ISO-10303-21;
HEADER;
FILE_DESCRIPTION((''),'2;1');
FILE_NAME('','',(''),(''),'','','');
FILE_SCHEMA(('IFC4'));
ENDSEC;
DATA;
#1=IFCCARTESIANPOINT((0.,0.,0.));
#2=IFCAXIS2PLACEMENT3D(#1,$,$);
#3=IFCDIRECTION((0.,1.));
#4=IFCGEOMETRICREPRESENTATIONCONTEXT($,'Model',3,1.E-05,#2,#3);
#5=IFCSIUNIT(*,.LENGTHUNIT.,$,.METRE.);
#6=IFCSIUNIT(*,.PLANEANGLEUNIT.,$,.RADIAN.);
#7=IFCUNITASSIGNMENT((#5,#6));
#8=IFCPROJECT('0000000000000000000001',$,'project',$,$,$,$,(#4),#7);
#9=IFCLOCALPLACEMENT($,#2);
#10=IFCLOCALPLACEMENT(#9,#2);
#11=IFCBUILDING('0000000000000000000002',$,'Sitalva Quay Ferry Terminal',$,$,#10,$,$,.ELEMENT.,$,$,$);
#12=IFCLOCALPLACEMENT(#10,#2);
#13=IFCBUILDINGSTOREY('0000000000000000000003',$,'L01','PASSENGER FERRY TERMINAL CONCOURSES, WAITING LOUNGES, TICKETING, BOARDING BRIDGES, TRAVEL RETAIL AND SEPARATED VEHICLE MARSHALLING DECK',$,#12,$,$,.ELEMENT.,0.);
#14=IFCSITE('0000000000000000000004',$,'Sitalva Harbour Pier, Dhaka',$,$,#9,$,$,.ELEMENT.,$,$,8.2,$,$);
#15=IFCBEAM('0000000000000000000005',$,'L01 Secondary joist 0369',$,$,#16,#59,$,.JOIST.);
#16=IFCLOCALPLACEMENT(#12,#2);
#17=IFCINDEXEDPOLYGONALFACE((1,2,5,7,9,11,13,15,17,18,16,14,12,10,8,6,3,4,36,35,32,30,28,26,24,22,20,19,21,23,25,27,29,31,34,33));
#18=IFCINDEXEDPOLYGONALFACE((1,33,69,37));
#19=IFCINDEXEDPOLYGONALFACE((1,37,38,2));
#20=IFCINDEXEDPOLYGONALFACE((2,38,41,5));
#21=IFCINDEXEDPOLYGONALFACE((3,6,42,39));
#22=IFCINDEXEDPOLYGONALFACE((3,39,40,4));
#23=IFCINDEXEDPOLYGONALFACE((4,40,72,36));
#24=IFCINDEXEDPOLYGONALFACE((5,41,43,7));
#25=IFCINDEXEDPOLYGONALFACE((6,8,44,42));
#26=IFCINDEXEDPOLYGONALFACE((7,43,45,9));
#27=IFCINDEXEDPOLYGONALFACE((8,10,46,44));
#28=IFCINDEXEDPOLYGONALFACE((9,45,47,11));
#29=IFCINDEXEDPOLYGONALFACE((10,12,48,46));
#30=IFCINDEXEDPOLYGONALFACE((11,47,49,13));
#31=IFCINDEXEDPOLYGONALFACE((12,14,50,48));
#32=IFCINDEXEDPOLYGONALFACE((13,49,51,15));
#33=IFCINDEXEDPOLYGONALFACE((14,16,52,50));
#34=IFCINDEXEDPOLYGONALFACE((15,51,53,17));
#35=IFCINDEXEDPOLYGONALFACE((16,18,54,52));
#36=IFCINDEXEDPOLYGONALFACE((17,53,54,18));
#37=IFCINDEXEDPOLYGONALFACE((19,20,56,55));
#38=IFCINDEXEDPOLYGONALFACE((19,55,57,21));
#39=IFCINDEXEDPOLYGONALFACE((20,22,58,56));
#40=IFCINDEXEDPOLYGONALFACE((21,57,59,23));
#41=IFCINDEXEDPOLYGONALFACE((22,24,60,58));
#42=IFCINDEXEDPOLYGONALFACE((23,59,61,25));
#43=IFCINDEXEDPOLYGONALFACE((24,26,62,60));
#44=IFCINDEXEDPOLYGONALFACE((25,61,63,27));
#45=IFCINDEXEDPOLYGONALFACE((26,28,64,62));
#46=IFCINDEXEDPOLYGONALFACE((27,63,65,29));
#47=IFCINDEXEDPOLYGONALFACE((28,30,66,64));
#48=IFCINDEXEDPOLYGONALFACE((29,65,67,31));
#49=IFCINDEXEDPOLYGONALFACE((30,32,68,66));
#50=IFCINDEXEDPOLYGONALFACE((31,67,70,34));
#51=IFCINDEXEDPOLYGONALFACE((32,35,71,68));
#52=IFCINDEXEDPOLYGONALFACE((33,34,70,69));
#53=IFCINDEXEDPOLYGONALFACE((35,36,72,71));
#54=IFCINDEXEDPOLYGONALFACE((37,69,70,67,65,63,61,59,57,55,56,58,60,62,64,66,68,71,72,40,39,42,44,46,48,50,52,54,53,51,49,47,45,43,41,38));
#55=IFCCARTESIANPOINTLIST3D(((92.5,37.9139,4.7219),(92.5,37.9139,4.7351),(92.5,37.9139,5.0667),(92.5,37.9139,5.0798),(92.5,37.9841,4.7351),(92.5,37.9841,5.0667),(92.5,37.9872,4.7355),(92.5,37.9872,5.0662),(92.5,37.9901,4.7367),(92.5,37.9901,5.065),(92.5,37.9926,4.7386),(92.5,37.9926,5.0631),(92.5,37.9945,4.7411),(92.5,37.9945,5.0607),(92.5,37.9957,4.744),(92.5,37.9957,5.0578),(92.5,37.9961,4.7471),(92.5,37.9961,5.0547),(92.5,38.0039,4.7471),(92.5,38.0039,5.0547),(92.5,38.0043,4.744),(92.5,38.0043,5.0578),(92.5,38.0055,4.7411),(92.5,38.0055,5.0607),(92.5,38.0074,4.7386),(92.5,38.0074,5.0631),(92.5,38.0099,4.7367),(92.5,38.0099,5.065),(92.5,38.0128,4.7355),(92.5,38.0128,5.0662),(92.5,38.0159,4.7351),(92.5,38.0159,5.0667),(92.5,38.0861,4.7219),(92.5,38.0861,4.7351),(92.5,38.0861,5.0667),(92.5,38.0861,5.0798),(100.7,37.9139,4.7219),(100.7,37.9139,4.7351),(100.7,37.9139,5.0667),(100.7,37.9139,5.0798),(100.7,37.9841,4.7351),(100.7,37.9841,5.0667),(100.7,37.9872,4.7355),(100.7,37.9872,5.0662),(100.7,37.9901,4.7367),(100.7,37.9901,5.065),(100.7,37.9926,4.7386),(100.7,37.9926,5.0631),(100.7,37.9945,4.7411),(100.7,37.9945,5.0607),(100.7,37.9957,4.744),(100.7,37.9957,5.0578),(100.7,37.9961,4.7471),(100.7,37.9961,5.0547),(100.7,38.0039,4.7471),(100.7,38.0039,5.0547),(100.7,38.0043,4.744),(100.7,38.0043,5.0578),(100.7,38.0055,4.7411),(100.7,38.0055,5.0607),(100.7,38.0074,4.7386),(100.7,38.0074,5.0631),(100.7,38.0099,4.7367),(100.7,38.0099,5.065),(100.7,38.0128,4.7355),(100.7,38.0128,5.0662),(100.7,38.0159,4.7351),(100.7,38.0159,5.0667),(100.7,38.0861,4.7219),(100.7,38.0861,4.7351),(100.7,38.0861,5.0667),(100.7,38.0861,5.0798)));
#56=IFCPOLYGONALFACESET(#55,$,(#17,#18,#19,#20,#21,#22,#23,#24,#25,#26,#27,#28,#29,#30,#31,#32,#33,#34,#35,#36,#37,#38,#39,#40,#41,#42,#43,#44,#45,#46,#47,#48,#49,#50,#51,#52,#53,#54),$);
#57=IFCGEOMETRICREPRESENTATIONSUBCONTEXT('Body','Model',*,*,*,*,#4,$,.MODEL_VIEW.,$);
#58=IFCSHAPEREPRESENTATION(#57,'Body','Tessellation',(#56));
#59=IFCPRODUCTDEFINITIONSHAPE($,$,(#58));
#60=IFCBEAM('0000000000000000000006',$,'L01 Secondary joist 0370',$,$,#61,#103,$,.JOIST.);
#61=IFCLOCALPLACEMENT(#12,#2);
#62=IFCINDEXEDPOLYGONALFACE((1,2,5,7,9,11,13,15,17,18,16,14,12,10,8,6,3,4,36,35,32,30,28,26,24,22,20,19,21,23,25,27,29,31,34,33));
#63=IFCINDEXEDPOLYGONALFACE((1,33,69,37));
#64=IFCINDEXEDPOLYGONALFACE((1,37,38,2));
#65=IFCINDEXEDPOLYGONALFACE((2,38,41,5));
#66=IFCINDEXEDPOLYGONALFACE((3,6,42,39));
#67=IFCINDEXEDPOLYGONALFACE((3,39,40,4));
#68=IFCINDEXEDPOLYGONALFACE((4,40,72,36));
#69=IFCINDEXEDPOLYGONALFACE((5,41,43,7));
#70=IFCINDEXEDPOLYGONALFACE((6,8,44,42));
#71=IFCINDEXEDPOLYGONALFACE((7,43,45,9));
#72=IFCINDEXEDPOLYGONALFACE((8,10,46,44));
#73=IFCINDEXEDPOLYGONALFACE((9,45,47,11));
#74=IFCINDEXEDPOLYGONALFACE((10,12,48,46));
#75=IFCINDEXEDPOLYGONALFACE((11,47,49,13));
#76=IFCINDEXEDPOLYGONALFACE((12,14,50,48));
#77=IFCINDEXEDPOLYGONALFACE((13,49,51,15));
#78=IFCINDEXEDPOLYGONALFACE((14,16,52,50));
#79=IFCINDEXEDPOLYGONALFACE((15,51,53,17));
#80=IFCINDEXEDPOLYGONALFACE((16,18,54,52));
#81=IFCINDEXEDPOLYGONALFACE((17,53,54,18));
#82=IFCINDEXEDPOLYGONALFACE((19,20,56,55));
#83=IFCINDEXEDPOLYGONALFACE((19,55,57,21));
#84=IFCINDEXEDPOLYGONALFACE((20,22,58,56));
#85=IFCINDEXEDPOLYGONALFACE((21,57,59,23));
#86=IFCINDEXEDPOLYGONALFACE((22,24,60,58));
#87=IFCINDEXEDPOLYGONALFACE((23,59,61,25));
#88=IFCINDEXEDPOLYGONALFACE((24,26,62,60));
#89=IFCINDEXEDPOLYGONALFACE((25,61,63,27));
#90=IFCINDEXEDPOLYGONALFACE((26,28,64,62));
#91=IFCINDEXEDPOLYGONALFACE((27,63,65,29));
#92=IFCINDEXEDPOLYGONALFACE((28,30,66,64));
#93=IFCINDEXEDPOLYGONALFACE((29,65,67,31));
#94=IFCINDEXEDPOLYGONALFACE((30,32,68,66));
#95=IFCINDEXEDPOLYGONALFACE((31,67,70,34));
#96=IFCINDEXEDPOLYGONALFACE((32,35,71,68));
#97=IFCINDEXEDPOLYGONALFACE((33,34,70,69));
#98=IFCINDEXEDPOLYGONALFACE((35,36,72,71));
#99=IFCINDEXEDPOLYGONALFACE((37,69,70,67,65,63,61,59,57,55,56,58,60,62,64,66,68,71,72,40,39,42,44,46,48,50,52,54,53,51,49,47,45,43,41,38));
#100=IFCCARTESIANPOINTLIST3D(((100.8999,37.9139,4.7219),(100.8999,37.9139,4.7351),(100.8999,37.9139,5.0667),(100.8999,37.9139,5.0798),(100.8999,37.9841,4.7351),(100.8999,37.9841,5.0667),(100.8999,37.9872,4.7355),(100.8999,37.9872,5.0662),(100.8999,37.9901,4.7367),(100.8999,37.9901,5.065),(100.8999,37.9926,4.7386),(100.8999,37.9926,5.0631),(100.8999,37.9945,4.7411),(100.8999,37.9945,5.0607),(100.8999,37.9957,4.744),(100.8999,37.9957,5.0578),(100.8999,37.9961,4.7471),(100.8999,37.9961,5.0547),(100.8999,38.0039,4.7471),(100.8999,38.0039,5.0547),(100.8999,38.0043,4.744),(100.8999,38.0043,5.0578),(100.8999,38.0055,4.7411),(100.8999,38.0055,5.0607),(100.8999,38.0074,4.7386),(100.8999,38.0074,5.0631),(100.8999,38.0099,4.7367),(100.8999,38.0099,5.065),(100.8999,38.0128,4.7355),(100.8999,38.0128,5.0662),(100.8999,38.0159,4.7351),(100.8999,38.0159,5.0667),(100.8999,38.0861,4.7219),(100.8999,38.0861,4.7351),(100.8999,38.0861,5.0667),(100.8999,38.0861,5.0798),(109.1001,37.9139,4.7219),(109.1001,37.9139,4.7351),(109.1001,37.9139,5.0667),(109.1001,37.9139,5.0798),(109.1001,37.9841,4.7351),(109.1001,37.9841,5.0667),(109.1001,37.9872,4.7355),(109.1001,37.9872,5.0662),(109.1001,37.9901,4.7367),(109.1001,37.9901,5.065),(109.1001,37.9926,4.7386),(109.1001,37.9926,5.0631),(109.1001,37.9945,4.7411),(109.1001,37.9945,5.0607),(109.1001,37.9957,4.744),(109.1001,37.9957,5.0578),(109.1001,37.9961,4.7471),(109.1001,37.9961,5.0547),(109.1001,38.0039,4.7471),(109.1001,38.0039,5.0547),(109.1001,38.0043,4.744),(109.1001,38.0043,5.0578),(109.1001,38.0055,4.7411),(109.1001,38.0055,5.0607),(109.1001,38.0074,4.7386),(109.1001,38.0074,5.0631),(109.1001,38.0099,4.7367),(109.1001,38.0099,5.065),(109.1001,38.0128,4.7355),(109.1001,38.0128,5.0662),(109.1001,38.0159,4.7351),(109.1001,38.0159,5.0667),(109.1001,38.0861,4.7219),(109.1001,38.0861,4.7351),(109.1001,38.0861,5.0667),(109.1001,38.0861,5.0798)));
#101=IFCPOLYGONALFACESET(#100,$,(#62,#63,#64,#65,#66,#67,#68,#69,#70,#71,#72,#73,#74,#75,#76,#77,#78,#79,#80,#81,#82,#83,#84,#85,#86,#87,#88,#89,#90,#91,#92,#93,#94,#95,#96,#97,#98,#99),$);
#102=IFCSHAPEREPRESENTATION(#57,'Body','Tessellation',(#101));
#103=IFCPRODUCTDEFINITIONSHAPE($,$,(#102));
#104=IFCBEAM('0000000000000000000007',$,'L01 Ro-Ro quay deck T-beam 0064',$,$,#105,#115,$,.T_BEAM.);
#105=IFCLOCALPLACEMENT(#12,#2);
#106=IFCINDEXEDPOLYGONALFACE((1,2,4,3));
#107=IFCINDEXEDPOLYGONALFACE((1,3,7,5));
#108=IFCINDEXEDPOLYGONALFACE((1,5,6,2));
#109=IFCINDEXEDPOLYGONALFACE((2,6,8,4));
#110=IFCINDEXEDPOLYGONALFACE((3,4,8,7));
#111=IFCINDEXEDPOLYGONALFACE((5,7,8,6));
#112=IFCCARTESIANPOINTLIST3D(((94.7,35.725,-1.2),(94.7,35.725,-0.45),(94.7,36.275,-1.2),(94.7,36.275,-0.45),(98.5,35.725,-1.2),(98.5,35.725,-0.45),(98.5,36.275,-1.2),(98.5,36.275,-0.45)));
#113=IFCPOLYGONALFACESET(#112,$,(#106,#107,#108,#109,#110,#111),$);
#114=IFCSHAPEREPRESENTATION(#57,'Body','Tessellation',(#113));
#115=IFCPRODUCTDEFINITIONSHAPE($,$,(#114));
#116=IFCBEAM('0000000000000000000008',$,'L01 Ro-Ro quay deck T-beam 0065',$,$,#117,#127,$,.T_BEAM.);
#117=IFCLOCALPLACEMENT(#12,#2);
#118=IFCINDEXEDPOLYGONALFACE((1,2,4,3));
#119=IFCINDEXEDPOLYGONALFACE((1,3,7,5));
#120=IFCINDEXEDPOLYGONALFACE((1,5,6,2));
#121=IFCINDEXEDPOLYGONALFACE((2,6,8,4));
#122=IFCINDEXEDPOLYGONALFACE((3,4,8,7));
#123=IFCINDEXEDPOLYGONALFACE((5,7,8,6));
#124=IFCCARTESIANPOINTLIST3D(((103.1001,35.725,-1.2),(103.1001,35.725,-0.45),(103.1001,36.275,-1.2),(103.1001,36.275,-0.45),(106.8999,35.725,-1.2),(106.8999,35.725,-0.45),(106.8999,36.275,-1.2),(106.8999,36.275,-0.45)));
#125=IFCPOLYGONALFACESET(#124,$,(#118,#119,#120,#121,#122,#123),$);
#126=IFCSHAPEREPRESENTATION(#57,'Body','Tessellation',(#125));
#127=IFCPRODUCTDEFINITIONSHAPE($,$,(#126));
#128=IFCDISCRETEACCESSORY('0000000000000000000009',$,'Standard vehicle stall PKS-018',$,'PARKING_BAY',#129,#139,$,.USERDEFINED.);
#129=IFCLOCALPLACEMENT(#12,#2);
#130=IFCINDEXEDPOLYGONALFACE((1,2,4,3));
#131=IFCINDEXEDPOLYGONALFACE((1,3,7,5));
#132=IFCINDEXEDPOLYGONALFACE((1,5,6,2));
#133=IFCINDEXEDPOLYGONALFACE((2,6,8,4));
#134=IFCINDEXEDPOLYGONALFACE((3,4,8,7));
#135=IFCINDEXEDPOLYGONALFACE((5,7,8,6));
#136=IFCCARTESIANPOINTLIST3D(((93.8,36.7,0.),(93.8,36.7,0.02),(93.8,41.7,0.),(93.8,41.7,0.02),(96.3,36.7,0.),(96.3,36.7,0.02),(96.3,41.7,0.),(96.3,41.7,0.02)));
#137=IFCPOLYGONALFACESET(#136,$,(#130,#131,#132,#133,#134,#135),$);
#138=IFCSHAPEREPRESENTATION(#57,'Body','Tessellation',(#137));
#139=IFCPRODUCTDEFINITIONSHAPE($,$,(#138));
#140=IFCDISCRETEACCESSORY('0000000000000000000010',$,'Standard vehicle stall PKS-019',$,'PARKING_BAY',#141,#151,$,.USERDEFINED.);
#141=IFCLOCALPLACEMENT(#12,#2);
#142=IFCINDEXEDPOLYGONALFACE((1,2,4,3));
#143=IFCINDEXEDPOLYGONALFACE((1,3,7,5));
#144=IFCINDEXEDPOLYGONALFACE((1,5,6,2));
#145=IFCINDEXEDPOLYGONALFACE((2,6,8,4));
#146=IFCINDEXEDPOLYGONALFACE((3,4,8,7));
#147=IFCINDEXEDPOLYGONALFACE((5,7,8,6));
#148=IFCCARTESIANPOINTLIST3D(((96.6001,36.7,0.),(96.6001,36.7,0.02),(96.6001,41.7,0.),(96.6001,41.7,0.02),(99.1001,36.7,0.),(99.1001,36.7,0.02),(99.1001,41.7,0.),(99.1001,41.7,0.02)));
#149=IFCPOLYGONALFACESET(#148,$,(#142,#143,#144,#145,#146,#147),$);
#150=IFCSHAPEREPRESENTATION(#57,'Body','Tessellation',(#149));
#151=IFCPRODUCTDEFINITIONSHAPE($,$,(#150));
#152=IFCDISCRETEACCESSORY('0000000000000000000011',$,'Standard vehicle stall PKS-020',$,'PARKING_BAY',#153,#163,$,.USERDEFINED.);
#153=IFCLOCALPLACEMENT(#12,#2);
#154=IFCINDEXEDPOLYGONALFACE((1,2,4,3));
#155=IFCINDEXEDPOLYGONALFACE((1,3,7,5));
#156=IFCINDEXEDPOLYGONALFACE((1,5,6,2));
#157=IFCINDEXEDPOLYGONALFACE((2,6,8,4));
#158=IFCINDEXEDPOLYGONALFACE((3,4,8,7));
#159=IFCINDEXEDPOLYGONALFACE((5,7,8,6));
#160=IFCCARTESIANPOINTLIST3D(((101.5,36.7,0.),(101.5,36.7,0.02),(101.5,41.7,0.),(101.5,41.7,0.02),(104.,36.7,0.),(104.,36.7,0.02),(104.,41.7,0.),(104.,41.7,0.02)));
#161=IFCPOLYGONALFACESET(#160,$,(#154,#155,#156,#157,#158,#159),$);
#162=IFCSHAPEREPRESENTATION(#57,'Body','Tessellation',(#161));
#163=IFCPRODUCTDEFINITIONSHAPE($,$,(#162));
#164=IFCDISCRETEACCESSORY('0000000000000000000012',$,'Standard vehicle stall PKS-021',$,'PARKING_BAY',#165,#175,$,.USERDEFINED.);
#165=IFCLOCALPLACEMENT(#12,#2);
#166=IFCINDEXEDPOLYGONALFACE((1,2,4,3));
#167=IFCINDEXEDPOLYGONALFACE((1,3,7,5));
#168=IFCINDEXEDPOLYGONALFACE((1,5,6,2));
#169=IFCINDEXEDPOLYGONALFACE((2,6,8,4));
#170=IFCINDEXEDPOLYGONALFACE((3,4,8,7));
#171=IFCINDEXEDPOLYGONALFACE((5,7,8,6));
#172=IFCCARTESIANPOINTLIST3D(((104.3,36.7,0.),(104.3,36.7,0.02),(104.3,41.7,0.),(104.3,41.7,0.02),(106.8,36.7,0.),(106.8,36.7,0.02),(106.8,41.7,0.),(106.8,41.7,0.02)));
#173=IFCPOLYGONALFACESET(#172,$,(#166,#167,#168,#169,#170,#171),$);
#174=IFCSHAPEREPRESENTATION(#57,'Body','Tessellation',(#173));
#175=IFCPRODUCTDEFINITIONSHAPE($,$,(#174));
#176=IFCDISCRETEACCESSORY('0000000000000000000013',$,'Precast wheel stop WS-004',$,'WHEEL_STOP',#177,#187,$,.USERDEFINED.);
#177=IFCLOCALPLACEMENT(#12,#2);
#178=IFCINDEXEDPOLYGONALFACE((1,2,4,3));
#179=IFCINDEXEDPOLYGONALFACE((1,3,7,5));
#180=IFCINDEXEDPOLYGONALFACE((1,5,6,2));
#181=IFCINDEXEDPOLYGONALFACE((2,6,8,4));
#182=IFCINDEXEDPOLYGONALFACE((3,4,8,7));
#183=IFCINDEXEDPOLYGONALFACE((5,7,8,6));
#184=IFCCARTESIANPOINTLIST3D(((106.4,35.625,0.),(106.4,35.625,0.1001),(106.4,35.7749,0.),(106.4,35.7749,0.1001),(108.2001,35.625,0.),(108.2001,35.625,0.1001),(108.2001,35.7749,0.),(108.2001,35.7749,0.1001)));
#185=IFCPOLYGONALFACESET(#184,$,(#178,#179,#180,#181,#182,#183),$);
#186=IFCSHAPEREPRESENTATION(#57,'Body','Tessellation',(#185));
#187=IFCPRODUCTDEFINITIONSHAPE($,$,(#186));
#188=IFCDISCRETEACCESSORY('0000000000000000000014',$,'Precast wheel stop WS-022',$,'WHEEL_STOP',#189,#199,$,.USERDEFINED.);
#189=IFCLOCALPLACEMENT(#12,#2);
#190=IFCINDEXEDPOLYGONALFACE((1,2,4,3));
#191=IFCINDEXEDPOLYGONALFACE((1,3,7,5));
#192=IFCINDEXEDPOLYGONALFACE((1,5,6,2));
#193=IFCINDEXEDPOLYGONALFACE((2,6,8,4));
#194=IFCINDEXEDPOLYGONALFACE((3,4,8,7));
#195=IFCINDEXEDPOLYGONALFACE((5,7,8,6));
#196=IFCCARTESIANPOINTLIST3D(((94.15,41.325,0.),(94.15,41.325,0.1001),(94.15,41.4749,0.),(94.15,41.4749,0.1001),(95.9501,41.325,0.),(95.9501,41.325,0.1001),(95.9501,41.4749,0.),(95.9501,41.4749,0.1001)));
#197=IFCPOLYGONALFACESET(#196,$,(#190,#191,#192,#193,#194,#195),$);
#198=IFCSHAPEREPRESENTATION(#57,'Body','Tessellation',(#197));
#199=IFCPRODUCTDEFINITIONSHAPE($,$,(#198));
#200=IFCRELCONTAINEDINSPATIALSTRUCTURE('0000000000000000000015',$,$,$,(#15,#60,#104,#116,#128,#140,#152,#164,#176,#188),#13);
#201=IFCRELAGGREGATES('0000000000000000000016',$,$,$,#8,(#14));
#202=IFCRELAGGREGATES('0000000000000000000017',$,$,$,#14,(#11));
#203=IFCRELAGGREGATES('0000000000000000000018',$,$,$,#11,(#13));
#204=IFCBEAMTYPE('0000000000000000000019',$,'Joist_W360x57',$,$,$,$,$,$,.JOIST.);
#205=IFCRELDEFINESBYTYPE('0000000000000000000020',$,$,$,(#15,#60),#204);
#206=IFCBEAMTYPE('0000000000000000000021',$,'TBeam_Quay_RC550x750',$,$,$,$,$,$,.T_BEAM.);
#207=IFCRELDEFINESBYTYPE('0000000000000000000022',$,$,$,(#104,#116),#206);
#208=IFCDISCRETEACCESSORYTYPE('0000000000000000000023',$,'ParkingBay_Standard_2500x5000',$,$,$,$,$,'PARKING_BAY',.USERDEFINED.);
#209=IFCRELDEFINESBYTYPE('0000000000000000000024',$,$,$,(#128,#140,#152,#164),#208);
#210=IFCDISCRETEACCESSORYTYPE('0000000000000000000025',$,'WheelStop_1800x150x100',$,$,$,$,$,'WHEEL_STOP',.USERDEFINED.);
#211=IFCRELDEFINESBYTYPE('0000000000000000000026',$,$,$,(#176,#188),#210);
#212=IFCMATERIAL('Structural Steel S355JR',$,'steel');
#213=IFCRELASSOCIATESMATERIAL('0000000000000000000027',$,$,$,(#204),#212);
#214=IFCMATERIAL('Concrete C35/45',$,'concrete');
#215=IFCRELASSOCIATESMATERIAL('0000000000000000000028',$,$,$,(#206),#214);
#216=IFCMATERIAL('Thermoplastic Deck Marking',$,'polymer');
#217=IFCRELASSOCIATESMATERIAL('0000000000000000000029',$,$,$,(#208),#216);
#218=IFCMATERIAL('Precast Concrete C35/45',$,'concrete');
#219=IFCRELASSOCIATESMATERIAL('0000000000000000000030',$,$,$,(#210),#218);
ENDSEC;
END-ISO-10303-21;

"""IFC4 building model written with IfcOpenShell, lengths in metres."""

from ifc_helpers import new_model, si_unit, direction, frame, origin, origin_2d, place, context, subcontext, project, spatial, rectangle, i_section, extrude, material, material_profile, profile_set, type_object, element, save


model = new_model("IFC4")

# Units and contexts
model_context = context("Model", 3, precision=1e-05, world=origin(), true_north=direction((0.0, 1.0)))
body_context = subcontext(model_context, "Body", "Model", "MODEL_VIEW")
ifc_project = project(units=[si_unit("LENGTHUNIT", "METRE"), si_unit("PLANEANGLEUNIT", "RADIAN")], contexts=[model_context])

# Site, building, storey
site_placement = place(None, origin())
site = spatial("IfcSite", under=ifc_project, at=site_placement, Name="Sitalva Harbour Pier, Dhaka", CompositionType="ELEMENT", RefElevation=8.2)
building_placement = place(site_placement, origin())
building = spatial("IfcBuilding", under=site, at=building_placement, Name="Sitalva Quay Ferry Terminal", CompositionType="ELEMENT")
storey_placement = place(building_placement, origin())
storey = spatial("IfcBuildingStorey", under=building, at=storey_placement, Name="L01", Description="PASSENGER FERRY TERMINAL CONCOURSES, WAITING LOUNGES, TICKETING, BOARDING BRIDGES, TRAVEL RETAIL AND SEPARATED VEHICLE MARSHALLING DECK", CompositionType="ELEMENT", Elevation=0.0)

# Beams
ifc_material_1 = material(Name="Structural Steel S355JR", Category="steel")
ifc_material_profile_1 = material_profile(ifc_material_1, i_section(OverallWidth=0.1721, OverallDepth=0.3579, WebThickness=0.0078, FlangeThickness=0.0132, FilletRadius=0.012, at=origin_2d()), Name="W360x57")
ifc_profile_set_1 = profile_set([ifc_material_profile_1], Name="Structural Steel S355JR")
beam_type_1 = type_object("IfcBeamType", Name="Joist_W360x57", PredefinedType="JOIST", material=ifc_profile_set_1)
beam_1_placement = place(storey_placement, frame((92.5, 38.0, 4.9009), z_axis=(1.0, 0.0, 0.0), x_axis=(0.0, 1.0, 0.0)))
element("IfcBeam", 1, at=beam_1_placement, inside=storey, type_object=beam_type_1, Name="L01 Secondary joist 0369", PredefinedType="JOIST", context=body_context, shape_type="SweptSolid", body=[
    extrude(i_section(OverallWidth=0.1721, OverallDepth=0.3579, WebThickness=0.0078, FlangeThickness=0.0132, FilletRadius=0.012, at=origin_2d()), origin(), (0.0, 0.0, 1.0), 8.2),
])
beam_2_placement = place(storey_placement, frame((100.8999, 38.0, 4.9009), z_axis=(1.0, 0.0, 0.0), x_axis=(0.0, 1.0, 0.0)))
element("IfcBeam", 2, at=beam_2_placement, inside=storey, type_object=beam_type_1, Name="L01 Secondary joist 0370", PredefinedType="JOIST", context=body_context, shape_type="SweptSolid", body=[
    extrude(i_section(OverallWidth=0.1721, OverallDepth=0.3579, WebThickness=0.0078, FlangeThickness=0.0132, FilletRadius=0.012, at=origin_2d()), origin(), (0.0, 0.0, 1.0), 8.2002),
])
ifc_material_2 = material(Name="Concrete C35/45", Category="concrete")
ifc_material_profile_2 = material_profile(ifc_material_2, rectangle(XDim=0.55, YDim=0.75, at=origin_2d()), Name="RC550x750")
ifc_profile_set_2 = profile_set([ifc_material_profile_2], Name="Concrete C35/45")
beam_type_2 = type_object("IfcBeamType", Name="TBeam_Quay_RC550x750", PredefinedType="T_BEAM", material=ifc_profile_set_2)
beam_3_placement = place(storey_placement, frame((94.7, 36.0, -0.825), z_axis=(1.0, 0.0, 0.0), x_axis=(0.0, 1.0, 0.0)))
element("IfcBeam", 3, at=beam_3_placement, inside=storey, type_object=beam_type_2, Name="L01 Ro-Ro quay deck T-beam 0064", PredefinedType="T_BEAM", context=body_context, shape_type="SweptSolid", body=[
    extrude(rectangle(XDim=0.55, YDim=0.75, at=origin_2d()), origin(), (0.0, 0.0, 1.0), 3.8),
])
beam_4_placement = place(storey_placement, frame((103.1001, 36.0, -0.825), z_axis=(1.0, 0.0, 0.0), x_axis=(0.0, 1.0, 0.0)))
element("IfcBeam", 4, at=beam_4_placement, inside=storey, type_object=beam_type_2, Name="L01 Ro-Ro quay deck T-beam 0065", PredefinedType="T_BEAM", context=body_context, shape_type="SweptSolid", body=[
    extrude(rectangle(XDim=0.55, YDim=0.75, at=origin_2d()), origin(), (0.0, 0.0, 1.0), 3.7998),
])

# Discrete accessories
ifc_material_3 = material(Name="Thermoplastic Deck Marking", Category="polymer")
discrete_accessory_type_1 = type_object("IfcDiscreteAccessoryType", Name="ParkingBay_Standard_2500x5000", ElementType="PARKING_BAY", PredefinedType="USERDEFINED", material=ifc_material_3)
for number, where, z_axis, x_axis, name in (
    (5, (95.05, 39.2, 0.0), (0.0, 0.0, 1.0), (1.0, 0.0, 0.0), "Standard vehicle stall PKS-018"),
    (6, (97.8501, 39.2, 0.0), (0.0, 0.0, 1.0), (1.0, 0.0, 0.0), "Standard vehicle stall PKS-019"),
    (7, (102.75, 39.2, 0.0), (0.0, 0.0, 1.0), (1.0, 0.0, 0.0), "Standard vehicle stall PKS-020"),
    (8, (105.55, 39.2, 0.0), (0.0, 0.0, 1.0), (1.0, 0.0, 0.0), "Standard vehicle stall PKS-021"),
):
    element("IfcDiscreteAccessory", number, at=place(storey_placement, frame(where, z_axis=z_axis, x_axis=x_axis)), inside=storey, type_object=discrete_accessory_type_1, Name=name, ObjectType="PARKING_BAY", PredefinedType="USERDEFINED", context=body_context, shape_type="SweptSolid", body=[
        extrude(rectangle(XDim=2.5, YDim=5.0, at=origin_2d()), origin(), (0.0, 0.0, 1.0), 0.02),
    ])
ifc_material_4 = material(Name="Precast Concrete C35/45", Category="concrete")
discrete_accessory_type_2 = type_object("IfcDiscreteAccessoryType", Name="WheelStop_1800x150x100", ElementType="WHEEL_STOP", PredefinedType="USERDEFINED", material=ifc_material_4)
for number, where, z_axis, x_axis, name in (
    (9, (107.3, 35.7, 0.0), (0.0, 0.0, 1.0), (1.0, 0.0, 0.0), "Precast wheel stop WS-004"),
    (10, (95.05, 41.3999, 0.0), (0.0, 0.0, 1.0), (1.0, 0.0, 0.0), "Precast wheel stop WS-022"),
):
    element("IfcDiscreteAccessory", number, at=place(storey_placement, frame(where, z_axis=z_axis, x_axis=x_axis)), inside=storey, type_object=discrete_accessory_type_2, Name=name, ObjectType="WHEEL_STOP", PredefinedType="USERDEFINED", context=body_context, shape_type="SweptSolid", body=[
        extrude(rectangle(XDim=1.8, YDim=0.1499, at=origin_2d()), origin(), (0.0, 0.0, 1.0), 0.1001),
    ])

save(model, "model.ifc")
